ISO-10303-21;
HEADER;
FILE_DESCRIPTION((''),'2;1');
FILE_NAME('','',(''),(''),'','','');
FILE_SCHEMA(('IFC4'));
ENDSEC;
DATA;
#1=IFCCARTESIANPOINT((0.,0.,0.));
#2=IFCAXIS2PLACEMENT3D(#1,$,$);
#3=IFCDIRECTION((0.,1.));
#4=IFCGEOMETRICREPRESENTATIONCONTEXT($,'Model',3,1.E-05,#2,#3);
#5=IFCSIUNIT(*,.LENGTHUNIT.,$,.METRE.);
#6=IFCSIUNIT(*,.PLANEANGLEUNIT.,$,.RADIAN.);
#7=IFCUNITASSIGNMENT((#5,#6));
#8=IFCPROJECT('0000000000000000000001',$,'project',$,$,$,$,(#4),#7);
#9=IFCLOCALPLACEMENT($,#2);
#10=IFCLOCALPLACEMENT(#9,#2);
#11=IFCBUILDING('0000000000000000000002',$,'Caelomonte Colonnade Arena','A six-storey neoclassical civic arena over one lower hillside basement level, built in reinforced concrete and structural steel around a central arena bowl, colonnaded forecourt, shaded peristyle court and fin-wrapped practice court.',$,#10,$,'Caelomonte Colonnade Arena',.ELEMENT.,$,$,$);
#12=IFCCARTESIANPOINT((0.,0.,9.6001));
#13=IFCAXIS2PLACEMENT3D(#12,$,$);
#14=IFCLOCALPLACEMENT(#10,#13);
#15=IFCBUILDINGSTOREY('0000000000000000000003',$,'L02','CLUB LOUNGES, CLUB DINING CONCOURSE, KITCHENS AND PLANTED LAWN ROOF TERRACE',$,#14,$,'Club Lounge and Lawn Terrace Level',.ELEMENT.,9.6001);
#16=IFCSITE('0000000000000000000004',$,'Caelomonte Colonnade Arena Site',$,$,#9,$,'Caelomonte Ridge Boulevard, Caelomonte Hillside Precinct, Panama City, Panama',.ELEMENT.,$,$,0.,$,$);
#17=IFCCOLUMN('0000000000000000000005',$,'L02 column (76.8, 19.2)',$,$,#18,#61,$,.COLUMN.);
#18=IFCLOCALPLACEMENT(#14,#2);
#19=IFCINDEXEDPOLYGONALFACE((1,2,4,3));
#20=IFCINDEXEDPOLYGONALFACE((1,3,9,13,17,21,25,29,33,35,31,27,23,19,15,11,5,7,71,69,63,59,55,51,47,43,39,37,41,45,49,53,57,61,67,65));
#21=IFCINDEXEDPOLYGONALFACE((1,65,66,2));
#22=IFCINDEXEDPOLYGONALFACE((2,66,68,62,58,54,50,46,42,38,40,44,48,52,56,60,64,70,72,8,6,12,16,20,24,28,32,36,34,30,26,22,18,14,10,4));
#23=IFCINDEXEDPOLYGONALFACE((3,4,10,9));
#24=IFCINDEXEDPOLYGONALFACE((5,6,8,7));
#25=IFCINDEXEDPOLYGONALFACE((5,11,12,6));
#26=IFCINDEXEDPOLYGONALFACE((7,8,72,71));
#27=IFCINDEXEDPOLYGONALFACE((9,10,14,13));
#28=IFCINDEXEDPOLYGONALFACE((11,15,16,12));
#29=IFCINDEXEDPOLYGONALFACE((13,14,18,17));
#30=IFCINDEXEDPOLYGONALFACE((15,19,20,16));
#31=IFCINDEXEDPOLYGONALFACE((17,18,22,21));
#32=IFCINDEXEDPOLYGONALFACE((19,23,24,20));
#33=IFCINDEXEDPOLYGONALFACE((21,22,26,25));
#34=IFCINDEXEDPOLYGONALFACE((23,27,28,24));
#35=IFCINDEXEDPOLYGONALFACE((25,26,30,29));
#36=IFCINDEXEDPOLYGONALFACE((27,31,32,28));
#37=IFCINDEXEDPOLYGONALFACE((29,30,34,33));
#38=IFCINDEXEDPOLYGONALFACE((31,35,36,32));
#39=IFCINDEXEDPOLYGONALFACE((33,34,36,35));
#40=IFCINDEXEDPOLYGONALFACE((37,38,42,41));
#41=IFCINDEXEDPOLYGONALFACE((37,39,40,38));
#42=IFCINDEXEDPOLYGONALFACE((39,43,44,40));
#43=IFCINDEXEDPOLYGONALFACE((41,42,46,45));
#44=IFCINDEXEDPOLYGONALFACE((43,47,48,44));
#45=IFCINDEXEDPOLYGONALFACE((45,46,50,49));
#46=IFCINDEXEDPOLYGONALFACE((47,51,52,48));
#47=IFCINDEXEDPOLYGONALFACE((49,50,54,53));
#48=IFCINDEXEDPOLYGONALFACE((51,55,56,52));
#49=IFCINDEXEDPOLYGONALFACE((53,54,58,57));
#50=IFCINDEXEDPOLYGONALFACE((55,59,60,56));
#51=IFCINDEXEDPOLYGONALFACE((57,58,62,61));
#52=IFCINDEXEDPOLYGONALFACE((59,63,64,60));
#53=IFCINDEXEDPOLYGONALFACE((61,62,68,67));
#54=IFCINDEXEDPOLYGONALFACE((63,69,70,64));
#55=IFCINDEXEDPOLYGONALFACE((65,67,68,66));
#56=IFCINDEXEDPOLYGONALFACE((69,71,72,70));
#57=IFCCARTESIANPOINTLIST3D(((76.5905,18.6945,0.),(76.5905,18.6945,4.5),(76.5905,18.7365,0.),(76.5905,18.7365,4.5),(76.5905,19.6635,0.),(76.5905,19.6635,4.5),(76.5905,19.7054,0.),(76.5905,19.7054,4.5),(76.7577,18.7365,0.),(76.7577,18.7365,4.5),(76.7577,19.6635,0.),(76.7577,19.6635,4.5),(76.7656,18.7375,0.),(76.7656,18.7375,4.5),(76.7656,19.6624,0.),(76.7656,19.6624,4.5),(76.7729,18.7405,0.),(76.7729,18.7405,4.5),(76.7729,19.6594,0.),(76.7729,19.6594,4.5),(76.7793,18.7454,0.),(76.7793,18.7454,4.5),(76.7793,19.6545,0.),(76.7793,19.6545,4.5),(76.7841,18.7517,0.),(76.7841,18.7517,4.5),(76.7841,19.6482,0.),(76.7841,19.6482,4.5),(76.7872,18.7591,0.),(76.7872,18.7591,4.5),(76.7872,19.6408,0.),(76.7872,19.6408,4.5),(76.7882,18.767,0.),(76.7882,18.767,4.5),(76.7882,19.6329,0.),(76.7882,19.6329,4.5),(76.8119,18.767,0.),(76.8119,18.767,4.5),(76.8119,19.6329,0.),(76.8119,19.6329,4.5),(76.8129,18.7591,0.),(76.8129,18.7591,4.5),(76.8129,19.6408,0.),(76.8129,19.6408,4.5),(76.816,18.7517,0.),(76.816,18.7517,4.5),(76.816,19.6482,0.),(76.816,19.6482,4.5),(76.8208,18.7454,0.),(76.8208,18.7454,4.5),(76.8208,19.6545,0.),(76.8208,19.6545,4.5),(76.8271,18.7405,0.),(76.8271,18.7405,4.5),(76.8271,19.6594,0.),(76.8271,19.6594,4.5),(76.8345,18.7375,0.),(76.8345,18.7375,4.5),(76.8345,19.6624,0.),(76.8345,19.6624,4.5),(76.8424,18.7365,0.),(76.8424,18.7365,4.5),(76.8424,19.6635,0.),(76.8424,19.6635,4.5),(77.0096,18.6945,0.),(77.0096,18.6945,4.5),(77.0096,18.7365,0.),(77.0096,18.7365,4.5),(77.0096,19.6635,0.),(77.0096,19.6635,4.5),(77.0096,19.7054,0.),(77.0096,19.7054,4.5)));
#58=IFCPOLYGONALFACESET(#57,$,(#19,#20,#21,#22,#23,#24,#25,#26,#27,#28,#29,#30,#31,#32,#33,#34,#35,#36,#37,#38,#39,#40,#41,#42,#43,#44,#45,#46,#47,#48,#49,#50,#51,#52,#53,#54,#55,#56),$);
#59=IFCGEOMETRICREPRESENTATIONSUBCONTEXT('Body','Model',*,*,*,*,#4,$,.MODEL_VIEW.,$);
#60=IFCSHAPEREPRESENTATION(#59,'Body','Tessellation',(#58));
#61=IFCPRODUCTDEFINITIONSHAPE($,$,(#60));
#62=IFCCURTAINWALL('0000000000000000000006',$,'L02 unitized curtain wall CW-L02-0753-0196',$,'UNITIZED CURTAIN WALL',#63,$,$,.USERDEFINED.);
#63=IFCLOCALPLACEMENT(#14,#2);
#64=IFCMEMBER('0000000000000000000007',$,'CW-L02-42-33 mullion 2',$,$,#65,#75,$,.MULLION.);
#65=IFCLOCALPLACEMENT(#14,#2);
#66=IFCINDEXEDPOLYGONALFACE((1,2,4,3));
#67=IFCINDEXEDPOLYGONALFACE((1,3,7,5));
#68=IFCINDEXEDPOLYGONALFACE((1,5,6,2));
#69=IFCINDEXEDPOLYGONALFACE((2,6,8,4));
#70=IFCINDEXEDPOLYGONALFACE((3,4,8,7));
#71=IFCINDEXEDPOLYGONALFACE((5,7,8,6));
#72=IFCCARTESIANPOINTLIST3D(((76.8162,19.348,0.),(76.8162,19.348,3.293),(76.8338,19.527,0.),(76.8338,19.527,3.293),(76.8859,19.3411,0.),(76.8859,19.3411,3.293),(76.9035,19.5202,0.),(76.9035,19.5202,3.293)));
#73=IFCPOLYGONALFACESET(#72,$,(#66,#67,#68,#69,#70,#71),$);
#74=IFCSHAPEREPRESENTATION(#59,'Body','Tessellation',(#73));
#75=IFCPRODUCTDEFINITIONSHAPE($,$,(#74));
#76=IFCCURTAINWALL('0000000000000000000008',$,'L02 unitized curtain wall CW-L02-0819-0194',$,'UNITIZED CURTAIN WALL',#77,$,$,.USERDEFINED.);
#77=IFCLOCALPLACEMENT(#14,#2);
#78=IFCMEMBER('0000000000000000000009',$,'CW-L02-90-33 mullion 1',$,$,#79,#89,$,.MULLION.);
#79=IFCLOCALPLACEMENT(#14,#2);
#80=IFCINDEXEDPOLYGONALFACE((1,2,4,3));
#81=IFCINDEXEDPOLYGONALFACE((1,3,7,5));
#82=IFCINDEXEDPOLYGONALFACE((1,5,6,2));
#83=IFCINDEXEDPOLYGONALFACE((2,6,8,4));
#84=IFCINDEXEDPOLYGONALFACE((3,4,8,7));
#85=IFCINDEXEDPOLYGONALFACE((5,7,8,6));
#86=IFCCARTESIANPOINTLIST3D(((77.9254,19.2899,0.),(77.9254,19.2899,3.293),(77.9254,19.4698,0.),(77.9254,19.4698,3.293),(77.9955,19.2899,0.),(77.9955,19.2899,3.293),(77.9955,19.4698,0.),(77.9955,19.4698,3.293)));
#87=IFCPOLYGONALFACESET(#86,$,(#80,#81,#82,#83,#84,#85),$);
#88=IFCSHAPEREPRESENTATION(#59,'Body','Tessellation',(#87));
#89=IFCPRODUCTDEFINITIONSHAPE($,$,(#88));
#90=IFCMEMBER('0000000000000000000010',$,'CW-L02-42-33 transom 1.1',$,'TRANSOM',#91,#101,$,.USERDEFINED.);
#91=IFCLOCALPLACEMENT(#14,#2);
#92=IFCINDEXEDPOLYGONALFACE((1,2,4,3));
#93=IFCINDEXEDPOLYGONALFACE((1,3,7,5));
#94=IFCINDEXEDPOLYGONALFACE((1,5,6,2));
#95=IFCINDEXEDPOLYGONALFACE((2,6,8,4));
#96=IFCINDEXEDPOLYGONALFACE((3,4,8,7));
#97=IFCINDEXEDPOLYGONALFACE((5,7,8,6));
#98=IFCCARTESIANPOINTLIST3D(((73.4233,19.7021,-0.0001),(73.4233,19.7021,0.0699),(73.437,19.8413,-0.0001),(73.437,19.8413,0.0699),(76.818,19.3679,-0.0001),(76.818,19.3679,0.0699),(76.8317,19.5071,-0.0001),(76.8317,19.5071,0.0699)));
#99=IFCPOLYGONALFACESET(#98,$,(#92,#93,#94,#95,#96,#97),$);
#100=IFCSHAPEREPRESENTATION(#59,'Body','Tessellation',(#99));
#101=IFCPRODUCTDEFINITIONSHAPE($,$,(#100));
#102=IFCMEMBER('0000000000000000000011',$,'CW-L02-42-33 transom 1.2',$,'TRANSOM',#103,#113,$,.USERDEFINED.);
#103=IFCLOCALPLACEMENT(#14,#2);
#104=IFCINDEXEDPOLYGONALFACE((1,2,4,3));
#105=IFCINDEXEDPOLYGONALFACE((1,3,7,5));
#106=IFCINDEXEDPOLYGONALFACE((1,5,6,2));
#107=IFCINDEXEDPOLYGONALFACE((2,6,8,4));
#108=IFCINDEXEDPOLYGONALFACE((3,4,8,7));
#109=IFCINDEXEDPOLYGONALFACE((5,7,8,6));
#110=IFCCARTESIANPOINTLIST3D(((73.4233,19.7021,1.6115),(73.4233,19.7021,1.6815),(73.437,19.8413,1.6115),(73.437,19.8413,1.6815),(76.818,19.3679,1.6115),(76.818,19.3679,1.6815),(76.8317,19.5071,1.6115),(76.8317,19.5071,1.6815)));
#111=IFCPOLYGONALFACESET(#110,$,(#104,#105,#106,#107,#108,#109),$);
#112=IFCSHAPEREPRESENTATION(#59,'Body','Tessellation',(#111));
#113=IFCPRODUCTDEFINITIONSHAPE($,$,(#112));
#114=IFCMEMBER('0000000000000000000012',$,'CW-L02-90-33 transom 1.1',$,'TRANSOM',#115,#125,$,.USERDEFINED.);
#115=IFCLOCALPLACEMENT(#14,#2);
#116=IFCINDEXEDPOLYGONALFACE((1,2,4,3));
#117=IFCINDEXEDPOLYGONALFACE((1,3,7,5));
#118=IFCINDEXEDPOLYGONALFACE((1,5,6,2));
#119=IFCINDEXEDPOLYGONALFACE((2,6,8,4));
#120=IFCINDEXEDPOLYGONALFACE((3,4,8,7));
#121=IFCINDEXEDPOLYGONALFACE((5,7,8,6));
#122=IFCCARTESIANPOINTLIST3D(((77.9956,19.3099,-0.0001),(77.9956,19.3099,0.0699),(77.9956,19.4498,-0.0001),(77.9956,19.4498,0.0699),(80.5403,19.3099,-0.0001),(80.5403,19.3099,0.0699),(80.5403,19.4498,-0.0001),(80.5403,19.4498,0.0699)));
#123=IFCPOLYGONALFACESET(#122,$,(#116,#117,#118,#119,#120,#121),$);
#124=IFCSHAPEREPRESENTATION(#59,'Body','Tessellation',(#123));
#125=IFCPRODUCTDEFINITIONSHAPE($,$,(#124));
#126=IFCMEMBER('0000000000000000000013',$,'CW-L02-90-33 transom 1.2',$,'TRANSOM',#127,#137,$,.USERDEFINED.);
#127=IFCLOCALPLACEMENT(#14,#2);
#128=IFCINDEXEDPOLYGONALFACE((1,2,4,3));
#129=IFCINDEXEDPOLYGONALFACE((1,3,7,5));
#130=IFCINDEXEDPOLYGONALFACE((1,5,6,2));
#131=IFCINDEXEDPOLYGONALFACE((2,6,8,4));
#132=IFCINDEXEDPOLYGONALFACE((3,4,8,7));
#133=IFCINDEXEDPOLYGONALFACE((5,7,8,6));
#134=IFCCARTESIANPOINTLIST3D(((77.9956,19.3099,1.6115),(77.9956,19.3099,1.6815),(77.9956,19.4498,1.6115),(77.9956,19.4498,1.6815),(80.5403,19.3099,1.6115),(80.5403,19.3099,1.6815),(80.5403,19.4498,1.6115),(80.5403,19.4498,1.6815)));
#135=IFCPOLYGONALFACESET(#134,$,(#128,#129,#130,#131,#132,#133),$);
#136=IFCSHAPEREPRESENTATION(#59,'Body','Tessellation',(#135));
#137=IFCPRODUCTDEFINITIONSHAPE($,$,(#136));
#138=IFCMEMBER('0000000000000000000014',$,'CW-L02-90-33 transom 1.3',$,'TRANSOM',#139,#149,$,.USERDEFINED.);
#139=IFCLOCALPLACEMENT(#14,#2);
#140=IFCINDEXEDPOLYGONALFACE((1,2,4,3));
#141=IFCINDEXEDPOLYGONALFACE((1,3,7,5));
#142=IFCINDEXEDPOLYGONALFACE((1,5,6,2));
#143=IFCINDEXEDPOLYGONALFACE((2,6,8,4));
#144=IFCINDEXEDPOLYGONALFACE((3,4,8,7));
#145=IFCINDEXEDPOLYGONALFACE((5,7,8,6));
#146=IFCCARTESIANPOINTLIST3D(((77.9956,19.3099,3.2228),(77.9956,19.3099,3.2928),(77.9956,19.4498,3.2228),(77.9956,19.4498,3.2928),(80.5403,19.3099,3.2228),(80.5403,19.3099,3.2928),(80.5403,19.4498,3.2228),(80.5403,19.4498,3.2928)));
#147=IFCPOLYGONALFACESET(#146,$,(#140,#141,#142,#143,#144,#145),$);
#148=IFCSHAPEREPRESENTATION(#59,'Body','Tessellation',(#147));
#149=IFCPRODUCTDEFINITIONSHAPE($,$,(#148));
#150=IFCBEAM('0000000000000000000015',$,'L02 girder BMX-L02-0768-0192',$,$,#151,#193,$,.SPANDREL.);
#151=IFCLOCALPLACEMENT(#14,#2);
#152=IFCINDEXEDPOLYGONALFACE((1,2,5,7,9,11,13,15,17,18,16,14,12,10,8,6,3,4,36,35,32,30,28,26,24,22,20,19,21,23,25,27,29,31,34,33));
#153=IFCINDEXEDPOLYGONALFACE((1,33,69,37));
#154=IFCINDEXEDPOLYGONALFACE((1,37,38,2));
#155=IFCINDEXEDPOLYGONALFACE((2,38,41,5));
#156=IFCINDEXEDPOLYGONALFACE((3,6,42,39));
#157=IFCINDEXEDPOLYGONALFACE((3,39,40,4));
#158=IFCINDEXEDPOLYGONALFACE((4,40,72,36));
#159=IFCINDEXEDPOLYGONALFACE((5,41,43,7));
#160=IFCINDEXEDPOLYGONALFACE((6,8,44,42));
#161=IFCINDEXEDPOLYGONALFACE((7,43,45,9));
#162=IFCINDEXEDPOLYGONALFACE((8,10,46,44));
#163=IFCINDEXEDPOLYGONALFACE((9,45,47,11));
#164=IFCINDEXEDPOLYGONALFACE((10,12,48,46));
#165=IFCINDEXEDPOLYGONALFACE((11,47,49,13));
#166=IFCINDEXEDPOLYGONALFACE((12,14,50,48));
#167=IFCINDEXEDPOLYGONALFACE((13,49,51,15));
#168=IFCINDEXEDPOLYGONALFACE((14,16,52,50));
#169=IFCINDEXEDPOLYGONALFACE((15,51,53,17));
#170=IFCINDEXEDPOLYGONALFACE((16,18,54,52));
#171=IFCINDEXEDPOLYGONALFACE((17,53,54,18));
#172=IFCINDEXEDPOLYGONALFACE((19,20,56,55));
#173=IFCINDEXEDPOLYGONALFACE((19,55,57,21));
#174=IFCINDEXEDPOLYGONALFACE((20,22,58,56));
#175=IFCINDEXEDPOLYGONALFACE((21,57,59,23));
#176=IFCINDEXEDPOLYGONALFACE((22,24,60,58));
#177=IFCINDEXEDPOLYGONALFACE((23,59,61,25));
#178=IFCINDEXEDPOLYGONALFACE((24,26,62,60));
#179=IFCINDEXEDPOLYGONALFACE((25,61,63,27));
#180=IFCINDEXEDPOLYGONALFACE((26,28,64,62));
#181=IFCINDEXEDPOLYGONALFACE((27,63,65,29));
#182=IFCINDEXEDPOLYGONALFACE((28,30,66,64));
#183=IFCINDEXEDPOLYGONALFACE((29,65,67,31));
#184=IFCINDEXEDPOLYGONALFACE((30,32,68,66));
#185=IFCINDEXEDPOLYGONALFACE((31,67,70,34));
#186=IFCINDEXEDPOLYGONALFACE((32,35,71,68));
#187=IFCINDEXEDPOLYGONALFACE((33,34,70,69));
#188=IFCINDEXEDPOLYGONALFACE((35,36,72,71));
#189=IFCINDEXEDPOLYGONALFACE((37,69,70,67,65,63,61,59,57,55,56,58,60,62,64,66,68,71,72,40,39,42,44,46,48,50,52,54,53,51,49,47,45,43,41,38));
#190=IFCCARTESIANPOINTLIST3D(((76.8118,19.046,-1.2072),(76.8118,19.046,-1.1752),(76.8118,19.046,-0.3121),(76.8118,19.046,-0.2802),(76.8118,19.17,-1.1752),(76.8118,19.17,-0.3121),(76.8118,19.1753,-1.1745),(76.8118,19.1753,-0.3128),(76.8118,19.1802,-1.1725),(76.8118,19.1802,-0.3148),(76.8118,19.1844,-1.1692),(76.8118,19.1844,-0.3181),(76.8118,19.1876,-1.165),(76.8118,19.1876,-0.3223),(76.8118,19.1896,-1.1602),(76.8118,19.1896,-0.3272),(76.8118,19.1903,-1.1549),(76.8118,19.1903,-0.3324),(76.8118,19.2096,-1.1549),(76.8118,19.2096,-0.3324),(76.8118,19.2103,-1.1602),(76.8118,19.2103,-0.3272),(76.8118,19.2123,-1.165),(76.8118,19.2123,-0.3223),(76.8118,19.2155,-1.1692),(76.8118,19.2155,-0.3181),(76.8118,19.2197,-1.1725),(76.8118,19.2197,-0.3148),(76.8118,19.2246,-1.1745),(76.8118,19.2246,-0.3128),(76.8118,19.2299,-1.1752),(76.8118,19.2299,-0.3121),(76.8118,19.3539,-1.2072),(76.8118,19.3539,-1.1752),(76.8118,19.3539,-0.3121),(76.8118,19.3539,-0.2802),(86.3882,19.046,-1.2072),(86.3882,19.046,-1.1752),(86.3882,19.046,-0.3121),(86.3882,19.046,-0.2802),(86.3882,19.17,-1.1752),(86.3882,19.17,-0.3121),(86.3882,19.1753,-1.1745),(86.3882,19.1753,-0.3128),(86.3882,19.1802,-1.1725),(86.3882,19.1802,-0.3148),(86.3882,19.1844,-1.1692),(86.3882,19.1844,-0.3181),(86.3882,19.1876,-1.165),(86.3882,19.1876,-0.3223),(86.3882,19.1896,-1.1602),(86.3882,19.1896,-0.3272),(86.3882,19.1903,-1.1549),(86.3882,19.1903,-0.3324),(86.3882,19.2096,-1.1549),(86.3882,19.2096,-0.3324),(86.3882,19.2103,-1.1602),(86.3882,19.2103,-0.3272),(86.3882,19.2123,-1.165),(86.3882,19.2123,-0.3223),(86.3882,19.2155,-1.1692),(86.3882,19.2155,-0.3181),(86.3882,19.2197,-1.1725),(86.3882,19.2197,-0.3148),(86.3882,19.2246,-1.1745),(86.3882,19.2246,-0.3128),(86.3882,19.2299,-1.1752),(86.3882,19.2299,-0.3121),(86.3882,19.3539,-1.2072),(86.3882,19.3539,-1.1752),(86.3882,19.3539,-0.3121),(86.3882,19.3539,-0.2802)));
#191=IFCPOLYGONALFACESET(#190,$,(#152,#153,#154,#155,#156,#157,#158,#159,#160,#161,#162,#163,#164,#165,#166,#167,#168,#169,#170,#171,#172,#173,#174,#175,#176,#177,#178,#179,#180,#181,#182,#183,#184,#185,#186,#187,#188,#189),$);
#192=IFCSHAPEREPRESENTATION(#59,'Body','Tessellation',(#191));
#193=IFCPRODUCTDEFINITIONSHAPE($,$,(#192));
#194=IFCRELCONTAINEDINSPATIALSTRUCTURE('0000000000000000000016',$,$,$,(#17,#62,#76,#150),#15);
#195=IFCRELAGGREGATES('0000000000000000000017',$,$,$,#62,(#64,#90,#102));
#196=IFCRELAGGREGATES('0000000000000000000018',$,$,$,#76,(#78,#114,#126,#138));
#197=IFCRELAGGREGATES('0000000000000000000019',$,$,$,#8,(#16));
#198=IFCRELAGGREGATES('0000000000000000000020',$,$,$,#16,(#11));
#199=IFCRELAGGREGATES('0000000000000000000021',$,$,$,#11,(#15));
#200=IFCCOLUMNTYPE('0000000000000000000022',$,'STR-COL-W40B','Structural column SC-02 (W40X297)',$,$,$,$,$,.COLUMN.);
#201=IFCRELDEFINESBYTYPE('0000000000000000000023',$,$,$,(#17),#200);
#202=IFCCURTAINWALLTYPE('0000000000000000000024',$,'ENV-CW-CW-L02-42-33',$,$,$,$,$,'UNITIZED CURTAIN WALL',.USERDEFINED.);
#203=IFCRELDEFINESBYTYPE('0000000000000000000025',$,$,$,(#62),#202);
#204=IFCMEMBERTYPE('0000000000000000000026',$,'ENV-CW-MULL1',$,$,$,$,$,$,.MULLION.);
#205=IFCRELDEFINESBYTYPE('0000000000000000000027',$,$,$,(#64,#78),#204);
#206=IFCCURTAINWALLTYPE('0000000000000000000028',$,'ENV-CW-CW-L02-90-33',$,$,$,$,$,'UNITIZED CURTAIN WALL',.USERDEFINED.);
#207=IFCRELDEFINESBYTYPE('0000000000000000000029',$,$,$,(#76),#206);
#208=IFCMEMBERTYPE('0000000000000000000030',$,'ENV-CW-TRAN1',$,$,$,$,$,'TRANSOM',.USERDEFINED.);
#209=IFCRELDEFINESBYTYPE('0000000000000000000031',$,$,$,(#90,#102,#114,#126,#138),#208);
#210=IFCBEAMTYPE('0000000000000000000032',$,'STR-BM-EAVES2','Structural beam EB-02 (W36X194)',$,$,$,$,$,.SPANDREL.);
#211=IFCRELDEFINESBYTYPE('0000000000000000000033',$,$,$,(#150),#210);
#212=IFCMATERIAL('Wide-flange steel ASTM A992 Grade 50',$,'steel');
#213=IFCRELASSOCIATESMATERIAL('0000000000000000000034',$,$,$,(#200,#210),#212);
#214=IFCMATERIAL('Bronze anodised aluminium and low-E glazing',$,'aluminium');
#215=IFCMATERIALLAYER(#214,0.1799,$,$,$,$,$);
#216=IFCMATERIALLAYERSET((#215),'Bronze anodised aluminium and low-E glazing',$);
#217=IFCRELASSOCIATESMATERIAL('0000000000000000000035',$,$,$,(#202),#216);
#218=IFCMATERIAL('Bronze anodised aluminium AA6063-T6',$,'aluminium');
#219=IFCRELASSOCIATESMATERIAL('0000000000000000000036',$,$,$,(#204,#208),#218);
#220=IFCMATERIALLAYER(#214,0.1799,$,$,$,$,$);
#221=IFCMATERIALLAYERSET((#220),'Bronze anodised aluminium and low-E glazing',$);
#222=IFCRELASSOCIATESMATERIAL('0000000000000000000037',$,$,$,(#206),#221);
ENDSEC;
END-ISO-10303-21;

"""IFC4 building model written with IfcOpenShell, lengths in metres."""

from ifc_helpers import new_model, si_unit, direction, frame, origin, origin_2d, place, context, subcontext, project, spatial, rectangle, i_section, extrude, material, layer, layer_set, material_profile, profile_set, type_object, element, aggregate, save


model = new_model("IFC4")

# Units and contexts
model_context = context("Model", 3, precision=1e-05, world=origin(), true_north=direction((0.0, 1.0)))
body_context = subcontext(model_context, "Body", "Model", "MODEL_VIEW")
ifc_project = project(units=[si_unit("LENGTHUNIT", "METRE"), si_unit("PLANEANGLEUNIT", "RADIAN")], contexts=[model_context])

# Site, building, storey
site_placement = place(None, origin())
site = spatial("IfcSite", under=ifc_project, at=site_placement, Name="Caelomonte Colonnade Arena Site", LongName="Caelomonte Ridge Boulevard, Caelomonte Hillside Precinct, Panama City, Panama", CompositionType="ELEMENT", RefElevation=0.0)
building_placement = place(site_placement, origin())
building = spatial("IfcBuilding", under=site, at=building_placement, Name="Caelomonte Colonnade Arena", Description="A six-storey neoclassical civic arena over one lower hillside basement level, built in reinforced concrete and structural steel around a central arena bowl, colonnaded forecourt, shaded peristyle court and fin-wrapped practice court.", LongName="Caelomonte Colonnade Arena", CompositionType="ELEMENT")
storey_placement = place(building_placement, frame((0.0, 0.0, 9.6001)))
storey = spatial("IfcBuildingStorey", under=building, at=storey_placement, Name="L02", Description="CLUB LOUNGES, CLUB DINING CONCOURSE, KITCHENS AND PLANTED LAWN ROOF TERRACE", LongName="Club Lounge and Lawn Terrace Level", CompositionType="ELEMENT", Elevation=9.6001)

# Column
ifc_material_1 = material(Name="Wide-flange steel ASTM A992 Grade 50", Category="steel")
ifc_material_profile_1 = material_profile(ifc_material_1, i_section(OverallWidth=0.4192, OverallDepth=1.011, WebThickness=0.0237, FlangeThickness=0.042, FilletRadius=0.0305, at=origin_2d()), Name="W40X297")
ifc_profile_set_1 = profile_set([ifc_material_profile_1], Name="Wide-flange steel ASTM A992 Grade 50")
column_type = type_object("IfcColumnType", Name="STR-COL-W40B", Description="Structural column SC-02 (W40X297)", PredefinedType="COLUMN", material=ifc_profile_set_1)
column_placement = place(storey_placement, frame((76.8, 19.2, 0.0), z_axis=(0.0, 0.0, 1.0), x_axis=(1.0, 0.0, 0.0)))
element("IfcColumn", 1, at=column_placement, inside=storey, type_object=column_type, Name="L02 column (76.8, 19.2)", PredefinedType="COLUMN", context=body_context, shape_type="SweptSolid", body=[
    extrude(i_section(OverallWidth=0.4192, OverallDepth=1.011, WebThickness=0.0237, FlangeThickness=0.042, FilletRadius=0.0305, at=origin_2d()), origin(), (0.0, 0.0, 1.0), 4.5),
])

# Curtain walls, members
ifc_material_2 = material(Name="Bronze anodised aluminium and low-E glazing", Category="aluminium")
ifc_layer_1 = layer(ifc_material_2, 0.1799)
ifc_layer_set_1 = layer_set([ifc_layer_1], Name="Bronze anodised aluminium and low-E glazing")
curtain_wall_type_1 = type_object("IfcCurtainWallType", Name="ENV-CW-CW-L02-42-33", ElementType="UNITIZED CURTAIN WALL", PredefinedType="USERDEFINED", material=ifc_layer_set_1)
curtain_wall_1_placement = place(storey_placement, origin())
curtain_wall_1 = element("IfcCurtainWall", 2, at=curtain_wall_1_placement, inside=storey, type_object=curtain_wall_type_1, Name="L02 unitized curtain wall CW-L02-0753-0196", ObjectType="UNITIZED CURTAIN WALL", PredefinedType="USERDEFINED")
ifc_material_3 = material(Name="Bronze anodised aluminium AA6063-T6", Category="aluminium")
ifc_material_profile_2 = material_profile(ifc_material_3, rectangle(XDim=0.0701, YDim=0.1799, at=origin_2d()), Name="CWM-70X180")
ifc_profile_set_2 = profile_set([ifc_material_profile_2], Name="Bronze anodised aluminium AA6063-T6")
member_type_1 = type_object("IfcMemberType", Name="ENV-CW-MULL1", PredefinedType="MULLION", material=ifc_profile_set_2)
member_1_placement = place(storey_placement, frame((76.8599, 19.4341, 0.0), z_axis=(0.0, 0.0, 1.0), x_axis=(0.995184, -0.098023, 0.0)))
member_1 = element("IfcMember", 3, at=member_1_placement, type_object=member_type_1, Name="CW-L02-42-33 mullion 2", PredefinedType="MULLION", context=body_context, shape_type="SweptSolid", body=[
    extrude(rectangle(XDim=0.0701, YDim=0.1799, at=origin_2d()), origin(), (0.0, 0.0, 1.0), 3.293),
])
ifc_layer_2 = layer(ifc_material_2, 0.1799)
ifc_layer_set_2 = layer_set([ifc_layer_2], Name="Bronze anodised aluminium and low-E glazing")
curtain_wall_type_2 = type_object("IfcCurtainWallType", Name="ENV-CW-CW-L02-90-33", ElementType="UNITIZED CURTAIN WALL", PredefinedType="USERDEFINED", material=ifc_layer_set_2)
curtain_wall_2_placement = place(storey_placement, origin())
curtain_wall_2 = element("IfcCurtainWall", 4, at=curtain_wall_2_placement, inside=storey, type_object=curtain_wall_type_2, Name="L02 unitized curtain wall CW-L02-0819-0194", ObjectType="UNITIZED CURTAIN WALL", PredefinedType="USERDEFINED")
member_2_placement = place(storey_placement, frame((77.9604, 19.3799, 0.0), z_axis=(0.0, 0.0, 1.0), x_axis=(1.0, 0.0, 0.0)))
member_2 = element("IfcMember", 5, at=member_2_placement, type_object=member_type_1, Name="CW-L02-90-33 mullion 1", PredefinedType="MULLION", context=body_context, shape_type="SweptSolid", body=[
    extrude(rectangle(XDim=0.0701, YDim=0.1799, at=origin_2d()), origin(), (0.0, 0.0, 1.0), 3.293),
])

# Members
ifc_material_profile_3 = material_profile(ifc_material_3, rectangle(XDim=0.0701, YDim=0.1399, at=origin_2d()), Name="CWT-70X140")
ifc_profile_set_3 = profile_set([ifc_material_profile_3], Name="Bronze anodised aluminium AA6063-T6")
member_type_2 = type_object("IfcMemberType", Name="ENV-CW-TRAN1", ElementType="TRANSOM", PredefinedType="USERDEFINED", material=ifc_profile_set_3)
member_3_placement = place(storey_placement, frame((73.4302, 19.7717, 0.0349), z_axis=(0.995188, -0.09798, 0.0), x_axis=(0.0, 0.0, 1.0)))
member_3 = element("IfcMember", 6, at=member_3_placement, type_object=member_type_2, Name="CW-L02-42-33 transom 1.1", ObjectType="TRANSOM", PredefinedType="USERDEFINED", context=body_context, shape_type="SweptSolid", body=[
    extrude(rectangle(XDim=0.0701, YDim=0.1399, at=origin_2d()), origin(), (0.0, 0.0, 1.0), 3.4111),
])
member_4_placement = place(storey_placement, frame((73.4302, 19.7717, 1.6465), z_axis=(0.995188, -0.09798, 0.0), x_axis=(0.0, 0.0, 1.0)))
member_4 = element("IfcMember", 7, at=member_4_placement, type_object=member_type_2, Name="CW-L02-42-33 transom 1.2", ObjectType="TRANSOM", PredefinedType="USERDEFINED", context=body_context, shape_type="SweptSolid", body=[
    extrude(rectangle(XDim=0.0701, YDim=0.1399, at=origin_2d()), origin(), (0.0, 0.0, 1.0), 3.4111),
])
member_5_placement = place(storey_placement, frame((77.9956, 19.3799, 0.0349), z_axis=(1.0, 0.0, 0.0), x_axis=(0.0, 0.0, 1.0)))
member_5 = element("IfcMember", 8, at=member_5_placement, type_object=member_type_2, Name="CW-L02-90-33 transom 1.1", ObjectType="TRANSOM", PredefinedType="USERDEFINED", context=body_context, shape_type="SweptSolid", body=[
    extrude(rectangle(XDim=0.0701, YDim=0.1399, at=origin_2d()), origin(), (0.0, 0.0, 1.0), 2.5447),
])
member_6_placement = place(storey_placement, frame((77.9956, 19.3799, 1.6465), z_axis=(1.0, 0.0, 0.0), x_axis=(0.0, 0.0, 1.0)))
member_6 = element("IfcMember", 9, at=member_6_placement, type_object=member_type_2, Name="CW-L02-90-33 transom 1.2", ObjectType="TRANSOM", PredefinedType="USERDEFINED", context=body_context, shape_type="SweptSolid", body=[
    extrude(rectangle(XDim=0.0701, YDim=0.1399, at=origin_2d()), origin(), (0.0, 0.0, 1.0), 2.5447),
])
member_7_placement = place(storey_placement, frame((77.9956, 19.3799, 3.2578), z_axis=(1.0, 0.0, 0.0), x_axis=(0.0, 0.0, 1.0)))
member_7 = element("IfcMember", 10, at=member_7_placement, type_object=member_type_2, Name="CW-L02-90-33 transom 1.3", ObjectType="TRANSOM", PredefinedType="USERDEFINED", context=body_context, shape_type="SweptSolid", body=[
    extrude(rectangle(XDim=0.0701, YDim=0.1399, at=origin_2d()), origin(), (0.0, 0.0, 1.0), 2.5447),
])

# Beam
ifc_material_profile_4 = material_profile(ifc_material_1, i_section(OverallWidth=0.3079, OverallDepth=0.927, WebThickness=0.0193, FlangeThickness=0.032, FilletRadius=0.0203, at=origin_2d()), Name="W36X194")
ifc_profile_set_4 = profile_set([ifc_material_profile_4], Name="Wide-flange steel ASTM A992 Grade 50")
beam_type_1 = type_object("IfcBeamType", Name="STR-BM-EAVES2", Description="Structural beam EB-02 (W36X194)", PredefinedType="SPANDREL", material=ifc_profile_set_4)
beam_1_placement = place(storey_placement, frame((76.8118, 19.2, -0.7437), z_axis=(1.0, 0.0, 0.0), x_axis=(0.0, 1.0, 0.0)))
element("IfcBeam", 11, at=beam_1_placement, inside=storey, type_object=beam_type_1, Name="L02 girder BMX-L02-0768-0192", PredefinedType="SPANDREL", context=body_context, shape_type="SweptSolid", body=[
    extrude(i_section(OverallWidth=0.3079, OverallDepth=0.927, WebThickness=0.0193, FlangeThickness=0.032, FilletRadius=0.0203, at=origin_2d()), origin(), (0.0, 0.0, 1.0), 9.5764),
])

aggregate(curtain_wall_1, [member_1, member_3, member_4])
aggregate(curtain_wall_2, [member_2, member_5, member_6, member_7])

save(model, "model.ifc")
